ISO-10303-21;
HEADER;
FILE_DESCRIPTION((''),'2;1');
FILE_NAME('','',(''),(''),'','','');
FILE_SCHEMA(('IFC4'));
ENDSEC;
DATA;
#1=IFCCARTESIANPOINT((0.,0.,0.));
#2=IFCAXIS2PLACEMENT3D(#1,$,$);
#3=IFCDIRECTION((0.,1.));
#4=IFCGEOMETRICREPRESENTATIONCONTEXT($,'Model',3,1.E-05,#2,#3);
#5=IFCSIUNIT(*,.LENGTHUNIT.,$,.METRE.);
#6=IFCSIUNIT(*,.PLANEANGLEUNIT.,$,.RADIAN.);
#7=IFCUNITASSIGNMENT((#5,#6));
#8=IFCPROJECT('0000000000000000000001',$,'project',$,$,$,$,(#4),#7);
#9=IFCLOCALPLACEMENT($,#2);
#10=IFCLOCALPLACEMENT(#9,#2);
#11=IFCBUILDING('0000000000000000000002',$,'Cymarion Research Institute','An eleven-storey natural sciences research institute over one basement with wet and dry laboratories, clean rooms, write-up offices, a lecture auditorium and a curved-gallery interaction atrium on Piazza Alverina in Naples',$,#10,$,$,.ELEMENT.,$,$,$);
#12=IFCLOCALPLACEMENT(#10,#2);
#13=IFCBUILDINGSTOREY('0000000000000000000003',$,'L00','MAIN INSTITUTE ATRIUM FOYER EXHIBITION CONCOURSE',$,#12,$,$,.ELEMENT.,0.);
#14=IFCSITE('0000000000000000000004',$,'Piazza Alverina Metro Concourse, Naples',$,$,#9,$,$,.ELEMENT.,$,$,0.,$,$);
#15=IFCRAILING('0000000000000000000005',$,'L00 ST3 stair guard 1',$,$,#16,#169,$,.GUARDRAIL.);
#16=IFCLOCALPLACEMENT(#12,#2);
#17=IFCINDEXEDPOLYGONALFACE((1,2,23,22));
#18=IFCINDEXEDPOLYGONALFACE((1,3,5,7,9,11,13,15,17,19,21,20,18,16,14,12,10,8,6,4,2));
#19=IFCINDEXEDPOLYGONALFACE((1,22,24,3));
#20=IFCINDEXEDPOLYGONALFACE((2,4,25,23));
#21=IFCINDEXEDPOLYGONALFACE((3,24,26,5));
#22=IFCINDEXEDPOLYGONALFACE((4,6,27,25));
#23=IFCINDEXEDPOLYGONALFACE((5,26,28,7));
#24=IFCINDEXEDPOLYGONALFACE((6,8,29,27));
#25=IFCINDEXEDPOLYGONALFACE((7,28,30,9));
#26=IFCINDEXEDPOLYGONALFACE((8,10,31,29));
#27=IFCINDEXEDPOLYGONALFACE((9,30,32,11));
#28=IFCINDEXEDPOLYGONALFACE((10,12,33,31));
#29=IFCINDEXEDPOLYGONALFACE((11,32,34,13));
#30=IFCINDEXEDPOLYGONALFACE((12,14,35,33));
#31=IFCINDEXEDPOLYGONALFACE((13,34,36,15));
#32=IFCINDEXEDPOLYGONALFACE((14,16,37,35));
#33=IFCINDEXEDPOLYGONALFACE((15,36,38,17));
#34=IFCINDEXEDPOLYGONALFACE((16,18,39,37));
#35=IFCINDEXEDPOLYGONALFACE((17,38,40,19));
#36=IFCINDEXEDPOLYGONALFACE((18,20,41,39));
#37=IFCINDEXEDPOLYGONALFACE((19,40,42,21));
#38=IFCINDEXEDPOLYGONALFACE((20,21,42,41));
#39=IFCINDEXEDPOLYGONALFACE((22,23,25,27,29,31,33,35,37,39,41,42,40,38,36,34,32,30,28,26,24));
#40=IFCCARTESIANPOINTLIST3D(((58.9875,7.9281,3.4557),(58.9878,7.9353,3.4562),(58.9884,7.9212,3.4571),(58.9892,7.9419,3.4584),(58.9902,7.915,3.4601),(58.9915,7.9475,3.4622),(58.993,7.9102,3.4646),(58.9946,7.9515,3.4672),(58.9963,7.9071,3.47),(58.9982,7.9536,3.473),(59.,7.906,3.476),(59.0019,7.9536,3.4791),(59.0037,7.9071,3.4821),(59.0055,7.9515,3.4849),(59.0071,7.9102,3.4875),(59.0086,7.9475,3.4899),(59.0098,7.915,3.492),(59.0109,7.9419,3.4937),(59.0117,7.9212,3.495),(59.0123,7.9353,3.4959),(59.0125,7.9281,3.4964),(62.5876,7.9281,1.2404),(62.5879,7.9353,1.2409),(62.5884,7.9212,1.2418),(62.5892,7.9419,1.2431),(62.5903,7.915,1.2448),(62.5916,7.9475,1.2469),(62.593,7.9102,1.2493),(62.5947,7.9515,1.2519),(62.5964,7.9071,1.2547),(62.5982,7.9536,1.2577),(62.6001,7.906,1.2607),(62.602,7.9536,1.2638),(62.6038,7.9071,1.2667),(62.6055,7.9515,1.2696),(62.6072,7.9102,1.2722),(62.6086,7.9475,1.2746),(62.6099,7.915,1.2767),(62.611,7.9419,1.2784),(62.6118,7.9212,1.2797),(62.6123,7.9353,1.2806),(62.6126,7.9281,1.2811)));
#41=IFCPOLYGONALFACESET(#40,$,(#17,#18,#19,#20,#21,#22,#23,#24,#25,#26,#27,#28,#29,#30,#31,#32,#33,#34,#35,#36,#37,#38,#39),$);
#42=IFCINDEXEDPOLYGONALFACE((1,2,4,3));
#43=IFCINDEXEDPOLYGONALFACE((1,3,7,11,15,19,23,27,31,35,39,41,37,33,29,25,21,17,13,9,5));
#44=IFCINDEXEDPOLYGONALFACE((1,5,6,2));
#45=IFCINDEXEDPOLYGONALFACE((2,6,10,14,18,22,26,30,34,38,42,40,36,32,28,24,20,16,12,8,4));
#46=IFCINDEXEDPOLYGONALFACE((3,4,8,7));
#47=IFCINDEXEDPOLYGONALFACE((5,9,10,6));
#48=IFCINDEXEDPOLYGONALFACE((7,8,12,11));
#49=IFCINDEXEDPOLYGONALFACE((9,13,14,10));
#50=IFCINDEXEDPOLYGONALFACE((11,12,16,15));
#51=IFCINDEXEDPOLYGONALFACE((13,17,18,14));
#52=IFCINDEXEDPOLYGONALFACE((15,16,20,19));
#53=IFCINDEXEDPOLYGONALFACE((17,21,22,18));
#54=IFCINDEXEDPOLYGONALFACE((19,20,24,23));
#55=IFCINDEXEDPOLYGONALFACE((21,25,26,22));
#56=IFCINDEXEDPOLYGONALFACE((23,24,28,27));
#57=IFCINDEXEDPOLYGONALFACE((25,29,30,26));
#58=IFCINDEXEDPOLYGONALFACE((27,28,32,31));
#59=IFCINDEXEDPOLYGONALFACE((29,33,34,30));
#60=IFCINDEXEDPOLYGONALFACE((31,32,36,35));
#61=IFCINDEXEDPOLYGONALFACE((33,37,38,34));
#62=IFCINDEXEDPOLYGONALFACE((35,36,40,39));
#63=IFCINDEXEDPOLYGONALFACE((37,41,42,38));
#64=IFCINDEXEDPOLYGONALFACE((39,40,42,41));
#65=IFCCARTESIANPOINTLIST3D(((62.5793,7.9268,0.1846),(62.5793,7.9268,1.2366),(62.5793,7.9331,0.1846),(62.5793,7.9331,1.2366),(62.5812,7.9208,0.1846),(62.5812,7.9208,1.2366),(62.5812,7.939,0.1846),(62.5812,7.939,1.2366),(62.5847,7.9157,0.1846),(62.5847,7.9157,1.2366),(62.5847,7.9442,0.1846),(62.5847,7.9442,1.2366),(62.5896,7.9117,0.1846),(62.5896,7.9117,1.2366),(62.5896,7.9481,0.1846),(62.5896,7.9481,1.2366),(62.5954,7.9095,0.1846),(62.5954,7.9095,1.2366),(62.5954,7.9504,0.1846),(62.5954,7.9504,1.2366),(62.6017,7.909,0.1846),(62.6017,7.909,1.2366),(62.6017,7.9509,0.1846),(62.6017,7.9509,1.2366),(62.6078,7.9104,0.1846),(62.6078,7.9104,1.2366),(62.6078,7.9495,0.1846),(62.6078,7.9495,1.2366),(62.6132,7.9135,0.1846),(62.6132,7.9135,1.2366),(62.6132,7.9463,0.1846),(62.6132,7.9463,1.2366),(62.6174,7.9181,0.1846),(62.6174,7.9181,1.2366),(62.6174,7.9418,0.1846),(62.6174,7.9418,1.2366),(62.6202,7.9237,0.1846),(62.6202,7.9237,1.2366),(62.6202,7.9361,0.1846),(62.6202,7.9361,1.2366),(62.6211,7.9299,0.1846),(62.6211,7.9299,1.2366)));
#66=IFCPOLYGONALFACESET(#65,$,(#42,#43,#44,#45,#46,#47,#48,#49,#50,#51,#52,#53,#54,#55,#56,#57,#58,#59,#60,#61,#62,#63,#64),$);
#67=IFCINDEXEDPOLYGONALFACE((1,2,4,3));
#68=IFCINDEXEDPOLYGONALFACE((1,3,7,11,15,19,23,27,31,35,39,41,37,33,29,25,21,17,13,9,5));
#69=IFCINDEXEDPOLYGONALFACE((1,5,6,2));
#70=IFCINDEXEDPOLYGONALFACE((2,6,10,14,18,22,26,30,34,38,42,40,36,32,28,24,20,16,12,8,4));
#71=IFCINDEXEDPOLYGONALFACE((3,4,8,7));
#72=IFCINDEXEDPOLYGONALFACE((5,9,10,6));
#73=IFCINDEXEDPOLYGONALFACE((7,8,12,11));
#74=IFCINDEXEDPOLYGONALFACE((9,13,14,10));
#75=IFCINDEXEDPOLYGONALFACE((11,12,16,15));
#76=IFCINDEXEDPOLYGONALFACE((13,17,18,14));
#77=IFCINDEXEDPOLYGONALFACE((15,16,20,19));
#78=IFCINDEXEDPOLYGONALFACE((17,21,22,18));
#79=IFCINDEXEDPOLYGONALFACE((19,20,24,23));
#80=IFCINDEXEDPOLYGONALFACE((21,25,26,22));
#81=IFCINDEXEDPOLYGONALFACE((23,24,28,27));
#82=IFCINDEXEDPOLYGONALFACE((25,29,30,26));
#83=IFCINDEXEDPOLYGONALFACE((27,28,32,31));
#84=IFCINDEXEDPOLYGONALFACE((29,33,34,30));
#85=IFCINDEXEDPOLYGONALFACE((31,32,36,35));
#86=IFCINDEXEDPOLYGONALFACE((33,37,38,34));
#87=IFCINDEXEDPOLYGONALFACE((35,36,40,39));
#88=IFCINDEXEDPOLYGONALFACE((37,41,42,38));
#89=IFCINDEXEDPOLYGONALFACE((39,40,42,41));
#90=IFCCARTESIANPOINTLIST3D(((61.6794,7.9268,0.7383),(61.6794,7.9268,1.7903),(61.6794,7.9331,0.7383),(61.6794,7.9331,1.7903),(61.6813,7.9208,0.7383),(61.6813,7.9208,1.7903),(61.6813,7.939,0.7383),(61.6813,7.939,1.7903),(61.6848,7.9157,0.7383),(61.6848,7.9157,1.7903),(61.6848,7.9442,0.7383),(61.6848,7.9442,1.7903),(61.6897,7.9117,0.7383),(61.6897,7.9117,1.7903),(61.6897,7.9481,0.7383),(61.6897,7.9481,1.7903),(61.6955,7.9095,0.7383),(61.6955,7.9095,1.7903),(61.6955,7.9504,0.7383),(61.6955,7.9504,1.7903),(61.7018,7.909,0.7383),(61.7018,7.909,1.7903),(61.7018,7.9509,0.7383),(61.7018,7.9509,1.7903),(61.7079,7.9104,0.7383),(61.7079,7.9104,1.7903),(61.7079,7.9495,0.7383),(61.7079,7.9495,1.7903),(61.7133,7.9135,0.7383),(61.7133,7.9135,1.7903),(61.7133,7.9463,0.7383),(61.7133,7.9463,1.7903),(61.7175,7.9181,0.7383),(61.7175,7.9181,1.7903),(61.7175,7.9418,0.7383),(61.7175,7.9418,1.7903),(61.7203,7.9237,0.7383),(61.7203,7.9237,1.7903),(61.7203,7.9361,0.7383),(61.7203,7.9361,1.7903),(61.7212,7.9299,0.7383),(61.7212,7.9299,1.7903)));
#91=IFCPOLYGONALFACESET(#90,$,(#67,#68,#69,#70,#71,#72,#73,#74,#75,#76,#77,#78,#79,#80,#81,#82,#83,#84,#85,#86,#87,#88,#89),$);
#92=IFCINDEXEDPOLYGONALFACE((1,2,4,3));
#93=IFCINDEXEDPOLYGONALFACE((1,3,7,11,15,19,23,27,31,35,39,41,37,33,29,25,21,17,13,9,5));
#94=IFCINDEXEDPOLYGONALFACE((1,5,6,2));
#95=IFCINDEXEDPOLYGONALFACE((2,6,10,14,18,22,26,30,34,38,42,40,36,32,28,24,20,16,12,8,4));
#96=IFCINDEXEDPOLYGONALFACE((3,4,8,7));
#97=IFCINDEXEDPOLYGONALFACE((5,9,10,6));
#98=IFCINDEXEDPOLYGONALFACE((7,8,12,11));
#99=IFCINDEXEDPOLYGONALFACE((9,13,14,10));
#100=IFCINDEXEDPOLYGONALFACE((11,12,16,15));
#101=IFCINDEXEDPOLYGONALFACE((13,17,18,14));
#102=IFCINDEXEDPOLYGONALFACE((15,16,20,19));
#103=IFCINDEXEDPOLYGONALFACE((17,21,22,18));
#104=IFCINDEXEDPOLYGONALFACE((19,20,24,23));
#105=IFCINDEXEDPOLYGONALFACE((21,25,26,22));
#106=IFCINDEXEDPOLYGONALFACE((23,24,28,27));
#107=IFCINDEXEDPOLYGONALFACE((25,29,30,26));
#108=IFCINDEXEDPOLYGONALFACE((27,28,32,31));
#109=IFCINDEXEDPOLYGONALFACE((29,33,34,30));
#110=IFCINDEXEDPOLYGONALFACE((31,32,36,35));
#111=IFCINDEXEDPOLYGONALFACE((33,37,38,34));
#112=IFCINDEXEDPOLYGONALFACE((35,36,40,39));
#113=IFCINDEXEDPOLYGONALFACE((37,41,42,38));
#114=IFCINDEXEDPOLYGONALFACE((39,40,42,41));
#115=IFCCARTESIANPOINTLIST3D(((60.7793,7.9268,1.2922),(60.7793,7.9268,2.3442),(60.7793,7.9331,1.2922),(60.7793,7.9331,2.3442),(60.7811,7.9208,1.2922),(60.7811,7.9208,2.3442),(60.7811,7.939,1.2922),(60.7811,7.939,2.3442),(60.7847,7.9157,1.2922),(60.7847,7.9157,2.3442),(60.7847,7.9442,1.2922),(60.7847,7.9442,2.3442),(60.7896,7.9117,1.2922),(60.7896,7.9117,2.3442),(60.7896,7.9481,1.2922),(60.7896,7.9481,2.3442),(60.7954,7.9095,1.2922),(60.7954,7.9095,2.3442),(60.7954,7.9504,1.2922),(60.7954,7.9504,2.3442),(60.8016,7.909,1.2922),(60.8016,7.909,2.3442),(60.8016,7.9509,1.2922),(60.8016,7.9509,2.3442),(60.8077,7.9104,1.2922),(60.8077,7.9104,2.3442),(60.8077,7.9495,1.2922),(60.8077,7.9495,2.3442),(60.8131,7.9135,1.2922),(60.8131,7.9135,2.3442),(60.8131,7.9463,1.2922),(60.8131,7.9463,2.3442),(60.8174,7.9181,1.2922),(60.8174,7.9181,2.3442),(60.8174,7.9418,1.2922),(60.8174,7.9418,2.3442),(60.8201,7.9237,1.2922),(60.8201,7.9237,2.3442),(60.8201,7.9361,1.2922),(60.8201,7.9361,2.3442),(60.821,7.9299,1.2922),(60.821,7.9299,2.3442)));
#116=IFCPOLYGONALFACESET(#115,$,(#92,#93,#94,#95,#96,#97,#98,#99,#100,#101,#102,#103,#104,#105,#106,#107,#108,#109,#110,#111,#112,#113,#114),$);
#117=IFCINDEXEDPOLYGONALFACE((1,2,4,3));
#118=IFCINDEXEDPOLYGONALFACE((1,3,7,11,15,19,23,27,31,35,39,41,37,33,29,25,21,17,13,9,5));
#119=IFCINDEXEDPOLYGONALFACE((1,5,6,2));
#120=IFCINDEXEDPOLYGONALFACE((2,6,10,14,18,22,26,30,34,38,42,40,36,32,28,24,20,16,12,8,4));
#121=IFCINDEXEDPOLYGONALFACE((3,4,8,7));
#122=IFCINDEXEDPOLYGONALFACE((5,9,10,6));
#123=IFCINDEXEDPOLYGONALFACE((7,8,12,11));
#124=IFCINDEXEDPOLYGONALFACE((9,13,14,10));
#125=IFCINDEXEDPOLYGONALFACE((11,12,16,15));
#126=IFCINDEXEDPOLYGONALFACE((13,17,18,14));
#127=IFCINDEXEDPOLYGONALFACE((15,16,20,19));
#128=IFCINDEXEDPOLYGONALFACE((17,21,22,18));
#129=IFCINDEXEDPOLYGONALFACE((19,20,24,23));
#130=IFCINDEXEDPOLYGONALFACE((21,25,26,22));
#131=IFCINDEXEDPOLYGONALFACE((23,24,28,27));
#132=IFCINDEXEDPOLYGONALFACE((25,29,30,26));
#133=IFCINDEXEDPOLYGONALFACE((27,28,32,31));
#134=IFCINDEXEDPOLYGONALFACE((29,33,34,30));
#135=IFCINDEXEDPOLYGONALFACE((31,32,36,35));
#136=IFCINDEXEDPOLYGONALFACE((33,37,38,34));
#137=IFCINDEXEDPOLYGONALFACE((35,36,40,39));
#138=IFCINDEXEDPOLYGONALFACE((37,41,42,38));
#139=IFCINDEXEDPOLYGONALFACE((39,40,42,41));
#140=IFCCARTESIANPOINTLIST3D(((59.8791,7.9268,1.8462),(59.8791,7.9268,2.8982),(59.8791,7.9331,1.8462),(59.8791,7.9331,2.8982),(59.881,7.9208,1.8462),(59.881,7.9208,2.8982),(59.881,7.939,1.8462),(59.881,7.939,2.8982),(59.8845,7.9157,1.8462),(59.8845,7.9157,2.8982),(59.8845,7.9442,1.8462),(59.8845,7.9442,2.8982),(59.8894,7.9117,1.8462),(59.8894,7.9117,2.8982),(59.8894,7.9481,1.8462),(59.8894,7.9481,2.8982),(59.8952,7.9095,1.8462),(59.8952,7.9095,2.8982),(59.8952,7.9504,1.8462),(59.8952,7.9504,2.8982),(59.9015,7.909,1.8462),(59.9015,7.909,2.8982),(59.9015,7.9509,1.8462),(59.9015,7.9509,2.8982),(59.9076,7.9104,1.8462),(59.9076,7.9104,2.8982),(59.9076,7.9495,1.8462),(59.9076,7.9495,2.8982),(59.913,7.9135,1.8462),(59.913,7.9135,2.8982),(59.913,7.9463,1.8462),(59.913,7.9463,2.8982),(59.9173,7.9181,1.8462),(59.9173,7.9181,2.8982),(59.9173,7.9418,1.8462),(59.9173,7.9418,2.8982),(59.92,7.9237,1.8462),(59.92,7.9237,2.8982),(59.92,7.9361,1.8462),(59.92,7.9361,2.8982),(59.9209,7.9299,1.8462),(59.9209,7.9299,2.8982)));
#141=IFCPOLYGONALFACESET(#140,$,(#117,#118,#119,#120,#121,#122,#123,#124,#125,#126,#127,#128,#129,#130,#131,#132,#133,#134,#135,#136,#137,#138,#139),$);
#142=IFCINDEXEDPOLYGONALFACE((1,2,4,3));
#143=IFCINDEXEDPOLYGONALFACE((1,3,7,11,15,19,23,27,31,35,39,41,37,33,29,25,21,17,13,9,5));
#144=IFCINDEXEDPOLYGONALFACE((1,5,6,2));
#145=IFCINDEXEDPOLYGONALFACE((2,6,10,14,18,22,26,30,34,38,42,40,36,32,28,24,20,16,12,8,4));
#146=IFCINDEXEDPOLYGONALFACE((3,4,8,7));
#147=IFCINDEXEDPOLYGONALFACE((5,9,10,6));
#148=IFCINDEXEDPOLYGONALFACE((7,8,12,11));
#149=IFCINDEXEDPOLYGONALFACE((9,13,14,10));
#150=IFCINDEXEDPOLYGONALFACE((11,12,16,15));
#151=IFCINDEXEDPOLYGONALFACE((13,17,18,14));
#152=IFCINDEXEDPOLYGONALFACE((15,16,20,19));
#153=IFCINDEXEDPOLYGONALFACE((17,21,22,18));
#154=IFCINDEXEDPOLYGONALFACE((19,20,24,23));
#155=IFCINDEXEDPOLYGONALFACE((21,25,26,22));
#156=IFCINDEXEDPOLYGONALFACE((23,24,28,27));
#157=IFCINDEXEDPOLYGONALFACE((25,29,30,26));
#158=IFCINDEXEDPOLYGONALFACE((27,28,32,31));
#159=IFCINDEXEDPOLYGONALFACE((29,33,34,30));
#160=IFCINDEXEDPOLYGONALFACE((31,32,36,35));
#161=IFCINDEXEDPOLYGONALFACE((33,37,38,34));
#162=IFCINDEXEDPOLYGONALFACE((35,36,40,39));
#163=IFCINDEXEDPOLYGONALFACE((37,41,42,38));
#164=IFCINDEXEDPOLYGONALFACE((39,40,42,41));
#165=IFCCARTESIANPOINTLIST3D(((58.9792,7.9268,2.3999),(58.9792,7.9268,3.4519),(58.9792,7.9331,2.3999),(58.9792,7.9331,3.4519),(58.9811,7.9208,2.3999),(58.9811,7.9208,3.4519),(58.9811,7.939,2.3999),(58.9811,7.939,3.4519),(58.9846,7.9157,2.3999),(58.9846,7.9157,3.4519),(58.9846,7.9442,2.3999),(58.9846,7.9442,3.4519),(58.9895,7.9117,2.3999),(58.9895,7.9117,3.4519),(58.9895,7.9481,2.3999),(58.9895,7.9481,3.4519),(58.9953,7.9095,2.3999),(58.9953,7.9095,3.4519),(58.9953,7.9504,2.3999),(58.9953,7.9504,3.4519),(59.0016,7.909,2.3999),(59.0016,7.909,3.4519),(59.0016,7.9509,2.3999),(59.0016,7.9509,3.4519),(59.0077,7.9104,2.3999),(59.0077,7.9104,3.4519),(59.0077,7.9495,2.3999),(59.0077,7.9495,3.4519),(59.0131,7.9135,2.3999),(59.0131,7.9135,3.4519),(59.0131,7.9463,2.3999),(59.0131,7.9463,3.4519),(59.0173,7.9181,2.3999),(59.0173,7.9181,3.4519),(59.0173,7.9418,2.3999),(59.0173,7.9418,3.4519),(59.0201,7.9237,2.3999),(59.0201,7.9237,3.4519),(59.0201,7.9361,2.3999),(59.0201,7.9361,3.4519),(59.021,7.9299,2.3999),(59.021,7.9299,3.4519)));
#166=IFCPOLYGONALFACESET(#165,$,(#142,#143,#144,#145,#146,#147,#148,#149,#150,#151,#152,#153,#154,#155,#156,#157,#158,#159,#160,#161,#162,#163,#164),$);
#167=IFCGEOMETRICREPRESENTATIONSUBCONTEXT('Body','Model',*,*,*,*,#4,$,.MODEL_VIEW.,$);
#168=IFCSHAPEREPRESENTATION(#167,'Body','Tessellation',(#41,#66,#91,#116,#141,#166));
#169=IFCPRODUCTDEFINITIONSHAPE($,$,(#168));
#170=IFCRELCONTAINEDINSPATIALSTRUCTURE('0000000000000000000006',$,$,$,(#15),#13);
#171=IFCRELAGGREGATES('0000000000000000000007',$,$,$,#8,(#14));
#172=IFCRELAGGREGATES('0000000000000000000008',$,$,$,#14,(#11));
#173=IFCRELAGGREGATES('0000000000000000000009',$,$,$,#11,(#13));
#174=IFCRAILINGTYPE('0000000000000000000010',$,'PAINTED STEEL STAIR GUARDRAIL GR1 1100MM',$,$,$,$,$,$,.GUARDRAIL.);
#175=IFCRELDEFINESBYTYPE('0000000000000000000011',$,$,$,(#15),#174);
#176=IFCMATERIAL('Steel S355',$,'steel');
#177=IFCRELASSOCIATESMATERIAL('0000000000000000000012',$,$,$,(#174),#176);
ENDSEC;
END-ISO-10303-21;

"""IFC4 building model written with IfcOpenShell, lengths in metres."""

from ifc_helpers import new_model, si_unit, direction, frame, origin, origin_2d, place, context, subcontext, project, spatial, circle, extrude, material, type_object, element, save


model = new_model("IFC4")

# Units and contexts
model_context = context("Model", 3, precision=1e-05, world=origin(), true_north=direction((0.0, 1.0)))
body_context = subcontext(model_context, "Body", "Model", "MODEL_VIEW")
ifc_project = project(units=[si_unit("LENGTHUNIT", "METRE"), si_unit("PLANEANGLEUNIT", "RADIAN")], contexts=[model_context])

# Site, building, storey
site_placement = place(None, origin())
site = spatial("IfcSite", under=ifc_project, at=site_placement, Name="Piazza Alverina Metro Concourse, Naples", CompositionType="ELEMENT", RefElevation=0.0)
building_placement = place(site_placement, origin())
building = spatial("IfcBuilding", under=site, at=building_placement, Name="Cymarion Research Institute", Description="An eleven-storey natural sciences research institute over one basement with wet and dry laboratories, clean rooms, write-up offices, a lecture auditorium and a curved-gallery interaction atrium on Piazza Alverina in Naples", CompositionType="ELEMENT")
storey_placement = place(building_placement, origin())
storey = spatial("IfcBuildingStorey", under=building, at=storey_placement, Name="L00", Description="MAIN INSTITUTE ATRIUM FOYER EXHIBITION CONCOURSE", CompositionType="ELEMENT", Elevation=0.0)

# Shared definitions
ifc_material_1 = material(Name="Steel S355", Category="steel")

# Railing
railing_type_1 = type_object("IfcRailingType", Name="PAINTED STEEL STAIR GUARDRAIL GR1 1100MM", PredefinedType="GUARDRAIL", material=ifc_material_1)
railing_1_placement = place(storey_placement, frame((62.6001, 7.9299, 0.1846)))
element("IfcRailing", 1, at=railing_1_placement, inside=storey, type_object=railing_type_1, Name="L00 ST3 stair guard 1", PredefinedType="GUARDRAIL", context=body_context, shape_type="SweptSolid", body=[
    extrude(circle(Radius=0.0239, at=origin_2d()), frame((0.0, 0.0, 1.0762), z_axis=(-0.85167, 0.0, 0.524078), x_axis=(0.0, -1.0, 0.0)), (0.0, 0.0, 1.0), 4.2271),
    extrude(circle(Radius=0.021, at=origin_2d()), origin(), (0.0, 0.0, 1.0), 1.052),
    extrude(circle(Radius=0.021, at=origin_2d()), frame((-0.8999, 0.0, 0.5537)), (0.0, 0.0, 1.0), 1.052),
    extrude(circle(Radius=0.021, at=origin_2d()), frame((-1.8, 0.0, 1.1077)), (0.0, 0.0, 1.0), 1.052),
    extrude(circle(Radius=0.021, at=origin_2d()), frame((-2.7002, 0.0, 1.6616)), (0.0, 0.0, 1.0), 1.052),
    extrude(circle(Radius=0.021, at=origin_2d()), frame((-3.6001, 0.0, 2.2153)), (0.0, 0.0, 1.0), 1.052),
])

save(model, "model.ifc")
